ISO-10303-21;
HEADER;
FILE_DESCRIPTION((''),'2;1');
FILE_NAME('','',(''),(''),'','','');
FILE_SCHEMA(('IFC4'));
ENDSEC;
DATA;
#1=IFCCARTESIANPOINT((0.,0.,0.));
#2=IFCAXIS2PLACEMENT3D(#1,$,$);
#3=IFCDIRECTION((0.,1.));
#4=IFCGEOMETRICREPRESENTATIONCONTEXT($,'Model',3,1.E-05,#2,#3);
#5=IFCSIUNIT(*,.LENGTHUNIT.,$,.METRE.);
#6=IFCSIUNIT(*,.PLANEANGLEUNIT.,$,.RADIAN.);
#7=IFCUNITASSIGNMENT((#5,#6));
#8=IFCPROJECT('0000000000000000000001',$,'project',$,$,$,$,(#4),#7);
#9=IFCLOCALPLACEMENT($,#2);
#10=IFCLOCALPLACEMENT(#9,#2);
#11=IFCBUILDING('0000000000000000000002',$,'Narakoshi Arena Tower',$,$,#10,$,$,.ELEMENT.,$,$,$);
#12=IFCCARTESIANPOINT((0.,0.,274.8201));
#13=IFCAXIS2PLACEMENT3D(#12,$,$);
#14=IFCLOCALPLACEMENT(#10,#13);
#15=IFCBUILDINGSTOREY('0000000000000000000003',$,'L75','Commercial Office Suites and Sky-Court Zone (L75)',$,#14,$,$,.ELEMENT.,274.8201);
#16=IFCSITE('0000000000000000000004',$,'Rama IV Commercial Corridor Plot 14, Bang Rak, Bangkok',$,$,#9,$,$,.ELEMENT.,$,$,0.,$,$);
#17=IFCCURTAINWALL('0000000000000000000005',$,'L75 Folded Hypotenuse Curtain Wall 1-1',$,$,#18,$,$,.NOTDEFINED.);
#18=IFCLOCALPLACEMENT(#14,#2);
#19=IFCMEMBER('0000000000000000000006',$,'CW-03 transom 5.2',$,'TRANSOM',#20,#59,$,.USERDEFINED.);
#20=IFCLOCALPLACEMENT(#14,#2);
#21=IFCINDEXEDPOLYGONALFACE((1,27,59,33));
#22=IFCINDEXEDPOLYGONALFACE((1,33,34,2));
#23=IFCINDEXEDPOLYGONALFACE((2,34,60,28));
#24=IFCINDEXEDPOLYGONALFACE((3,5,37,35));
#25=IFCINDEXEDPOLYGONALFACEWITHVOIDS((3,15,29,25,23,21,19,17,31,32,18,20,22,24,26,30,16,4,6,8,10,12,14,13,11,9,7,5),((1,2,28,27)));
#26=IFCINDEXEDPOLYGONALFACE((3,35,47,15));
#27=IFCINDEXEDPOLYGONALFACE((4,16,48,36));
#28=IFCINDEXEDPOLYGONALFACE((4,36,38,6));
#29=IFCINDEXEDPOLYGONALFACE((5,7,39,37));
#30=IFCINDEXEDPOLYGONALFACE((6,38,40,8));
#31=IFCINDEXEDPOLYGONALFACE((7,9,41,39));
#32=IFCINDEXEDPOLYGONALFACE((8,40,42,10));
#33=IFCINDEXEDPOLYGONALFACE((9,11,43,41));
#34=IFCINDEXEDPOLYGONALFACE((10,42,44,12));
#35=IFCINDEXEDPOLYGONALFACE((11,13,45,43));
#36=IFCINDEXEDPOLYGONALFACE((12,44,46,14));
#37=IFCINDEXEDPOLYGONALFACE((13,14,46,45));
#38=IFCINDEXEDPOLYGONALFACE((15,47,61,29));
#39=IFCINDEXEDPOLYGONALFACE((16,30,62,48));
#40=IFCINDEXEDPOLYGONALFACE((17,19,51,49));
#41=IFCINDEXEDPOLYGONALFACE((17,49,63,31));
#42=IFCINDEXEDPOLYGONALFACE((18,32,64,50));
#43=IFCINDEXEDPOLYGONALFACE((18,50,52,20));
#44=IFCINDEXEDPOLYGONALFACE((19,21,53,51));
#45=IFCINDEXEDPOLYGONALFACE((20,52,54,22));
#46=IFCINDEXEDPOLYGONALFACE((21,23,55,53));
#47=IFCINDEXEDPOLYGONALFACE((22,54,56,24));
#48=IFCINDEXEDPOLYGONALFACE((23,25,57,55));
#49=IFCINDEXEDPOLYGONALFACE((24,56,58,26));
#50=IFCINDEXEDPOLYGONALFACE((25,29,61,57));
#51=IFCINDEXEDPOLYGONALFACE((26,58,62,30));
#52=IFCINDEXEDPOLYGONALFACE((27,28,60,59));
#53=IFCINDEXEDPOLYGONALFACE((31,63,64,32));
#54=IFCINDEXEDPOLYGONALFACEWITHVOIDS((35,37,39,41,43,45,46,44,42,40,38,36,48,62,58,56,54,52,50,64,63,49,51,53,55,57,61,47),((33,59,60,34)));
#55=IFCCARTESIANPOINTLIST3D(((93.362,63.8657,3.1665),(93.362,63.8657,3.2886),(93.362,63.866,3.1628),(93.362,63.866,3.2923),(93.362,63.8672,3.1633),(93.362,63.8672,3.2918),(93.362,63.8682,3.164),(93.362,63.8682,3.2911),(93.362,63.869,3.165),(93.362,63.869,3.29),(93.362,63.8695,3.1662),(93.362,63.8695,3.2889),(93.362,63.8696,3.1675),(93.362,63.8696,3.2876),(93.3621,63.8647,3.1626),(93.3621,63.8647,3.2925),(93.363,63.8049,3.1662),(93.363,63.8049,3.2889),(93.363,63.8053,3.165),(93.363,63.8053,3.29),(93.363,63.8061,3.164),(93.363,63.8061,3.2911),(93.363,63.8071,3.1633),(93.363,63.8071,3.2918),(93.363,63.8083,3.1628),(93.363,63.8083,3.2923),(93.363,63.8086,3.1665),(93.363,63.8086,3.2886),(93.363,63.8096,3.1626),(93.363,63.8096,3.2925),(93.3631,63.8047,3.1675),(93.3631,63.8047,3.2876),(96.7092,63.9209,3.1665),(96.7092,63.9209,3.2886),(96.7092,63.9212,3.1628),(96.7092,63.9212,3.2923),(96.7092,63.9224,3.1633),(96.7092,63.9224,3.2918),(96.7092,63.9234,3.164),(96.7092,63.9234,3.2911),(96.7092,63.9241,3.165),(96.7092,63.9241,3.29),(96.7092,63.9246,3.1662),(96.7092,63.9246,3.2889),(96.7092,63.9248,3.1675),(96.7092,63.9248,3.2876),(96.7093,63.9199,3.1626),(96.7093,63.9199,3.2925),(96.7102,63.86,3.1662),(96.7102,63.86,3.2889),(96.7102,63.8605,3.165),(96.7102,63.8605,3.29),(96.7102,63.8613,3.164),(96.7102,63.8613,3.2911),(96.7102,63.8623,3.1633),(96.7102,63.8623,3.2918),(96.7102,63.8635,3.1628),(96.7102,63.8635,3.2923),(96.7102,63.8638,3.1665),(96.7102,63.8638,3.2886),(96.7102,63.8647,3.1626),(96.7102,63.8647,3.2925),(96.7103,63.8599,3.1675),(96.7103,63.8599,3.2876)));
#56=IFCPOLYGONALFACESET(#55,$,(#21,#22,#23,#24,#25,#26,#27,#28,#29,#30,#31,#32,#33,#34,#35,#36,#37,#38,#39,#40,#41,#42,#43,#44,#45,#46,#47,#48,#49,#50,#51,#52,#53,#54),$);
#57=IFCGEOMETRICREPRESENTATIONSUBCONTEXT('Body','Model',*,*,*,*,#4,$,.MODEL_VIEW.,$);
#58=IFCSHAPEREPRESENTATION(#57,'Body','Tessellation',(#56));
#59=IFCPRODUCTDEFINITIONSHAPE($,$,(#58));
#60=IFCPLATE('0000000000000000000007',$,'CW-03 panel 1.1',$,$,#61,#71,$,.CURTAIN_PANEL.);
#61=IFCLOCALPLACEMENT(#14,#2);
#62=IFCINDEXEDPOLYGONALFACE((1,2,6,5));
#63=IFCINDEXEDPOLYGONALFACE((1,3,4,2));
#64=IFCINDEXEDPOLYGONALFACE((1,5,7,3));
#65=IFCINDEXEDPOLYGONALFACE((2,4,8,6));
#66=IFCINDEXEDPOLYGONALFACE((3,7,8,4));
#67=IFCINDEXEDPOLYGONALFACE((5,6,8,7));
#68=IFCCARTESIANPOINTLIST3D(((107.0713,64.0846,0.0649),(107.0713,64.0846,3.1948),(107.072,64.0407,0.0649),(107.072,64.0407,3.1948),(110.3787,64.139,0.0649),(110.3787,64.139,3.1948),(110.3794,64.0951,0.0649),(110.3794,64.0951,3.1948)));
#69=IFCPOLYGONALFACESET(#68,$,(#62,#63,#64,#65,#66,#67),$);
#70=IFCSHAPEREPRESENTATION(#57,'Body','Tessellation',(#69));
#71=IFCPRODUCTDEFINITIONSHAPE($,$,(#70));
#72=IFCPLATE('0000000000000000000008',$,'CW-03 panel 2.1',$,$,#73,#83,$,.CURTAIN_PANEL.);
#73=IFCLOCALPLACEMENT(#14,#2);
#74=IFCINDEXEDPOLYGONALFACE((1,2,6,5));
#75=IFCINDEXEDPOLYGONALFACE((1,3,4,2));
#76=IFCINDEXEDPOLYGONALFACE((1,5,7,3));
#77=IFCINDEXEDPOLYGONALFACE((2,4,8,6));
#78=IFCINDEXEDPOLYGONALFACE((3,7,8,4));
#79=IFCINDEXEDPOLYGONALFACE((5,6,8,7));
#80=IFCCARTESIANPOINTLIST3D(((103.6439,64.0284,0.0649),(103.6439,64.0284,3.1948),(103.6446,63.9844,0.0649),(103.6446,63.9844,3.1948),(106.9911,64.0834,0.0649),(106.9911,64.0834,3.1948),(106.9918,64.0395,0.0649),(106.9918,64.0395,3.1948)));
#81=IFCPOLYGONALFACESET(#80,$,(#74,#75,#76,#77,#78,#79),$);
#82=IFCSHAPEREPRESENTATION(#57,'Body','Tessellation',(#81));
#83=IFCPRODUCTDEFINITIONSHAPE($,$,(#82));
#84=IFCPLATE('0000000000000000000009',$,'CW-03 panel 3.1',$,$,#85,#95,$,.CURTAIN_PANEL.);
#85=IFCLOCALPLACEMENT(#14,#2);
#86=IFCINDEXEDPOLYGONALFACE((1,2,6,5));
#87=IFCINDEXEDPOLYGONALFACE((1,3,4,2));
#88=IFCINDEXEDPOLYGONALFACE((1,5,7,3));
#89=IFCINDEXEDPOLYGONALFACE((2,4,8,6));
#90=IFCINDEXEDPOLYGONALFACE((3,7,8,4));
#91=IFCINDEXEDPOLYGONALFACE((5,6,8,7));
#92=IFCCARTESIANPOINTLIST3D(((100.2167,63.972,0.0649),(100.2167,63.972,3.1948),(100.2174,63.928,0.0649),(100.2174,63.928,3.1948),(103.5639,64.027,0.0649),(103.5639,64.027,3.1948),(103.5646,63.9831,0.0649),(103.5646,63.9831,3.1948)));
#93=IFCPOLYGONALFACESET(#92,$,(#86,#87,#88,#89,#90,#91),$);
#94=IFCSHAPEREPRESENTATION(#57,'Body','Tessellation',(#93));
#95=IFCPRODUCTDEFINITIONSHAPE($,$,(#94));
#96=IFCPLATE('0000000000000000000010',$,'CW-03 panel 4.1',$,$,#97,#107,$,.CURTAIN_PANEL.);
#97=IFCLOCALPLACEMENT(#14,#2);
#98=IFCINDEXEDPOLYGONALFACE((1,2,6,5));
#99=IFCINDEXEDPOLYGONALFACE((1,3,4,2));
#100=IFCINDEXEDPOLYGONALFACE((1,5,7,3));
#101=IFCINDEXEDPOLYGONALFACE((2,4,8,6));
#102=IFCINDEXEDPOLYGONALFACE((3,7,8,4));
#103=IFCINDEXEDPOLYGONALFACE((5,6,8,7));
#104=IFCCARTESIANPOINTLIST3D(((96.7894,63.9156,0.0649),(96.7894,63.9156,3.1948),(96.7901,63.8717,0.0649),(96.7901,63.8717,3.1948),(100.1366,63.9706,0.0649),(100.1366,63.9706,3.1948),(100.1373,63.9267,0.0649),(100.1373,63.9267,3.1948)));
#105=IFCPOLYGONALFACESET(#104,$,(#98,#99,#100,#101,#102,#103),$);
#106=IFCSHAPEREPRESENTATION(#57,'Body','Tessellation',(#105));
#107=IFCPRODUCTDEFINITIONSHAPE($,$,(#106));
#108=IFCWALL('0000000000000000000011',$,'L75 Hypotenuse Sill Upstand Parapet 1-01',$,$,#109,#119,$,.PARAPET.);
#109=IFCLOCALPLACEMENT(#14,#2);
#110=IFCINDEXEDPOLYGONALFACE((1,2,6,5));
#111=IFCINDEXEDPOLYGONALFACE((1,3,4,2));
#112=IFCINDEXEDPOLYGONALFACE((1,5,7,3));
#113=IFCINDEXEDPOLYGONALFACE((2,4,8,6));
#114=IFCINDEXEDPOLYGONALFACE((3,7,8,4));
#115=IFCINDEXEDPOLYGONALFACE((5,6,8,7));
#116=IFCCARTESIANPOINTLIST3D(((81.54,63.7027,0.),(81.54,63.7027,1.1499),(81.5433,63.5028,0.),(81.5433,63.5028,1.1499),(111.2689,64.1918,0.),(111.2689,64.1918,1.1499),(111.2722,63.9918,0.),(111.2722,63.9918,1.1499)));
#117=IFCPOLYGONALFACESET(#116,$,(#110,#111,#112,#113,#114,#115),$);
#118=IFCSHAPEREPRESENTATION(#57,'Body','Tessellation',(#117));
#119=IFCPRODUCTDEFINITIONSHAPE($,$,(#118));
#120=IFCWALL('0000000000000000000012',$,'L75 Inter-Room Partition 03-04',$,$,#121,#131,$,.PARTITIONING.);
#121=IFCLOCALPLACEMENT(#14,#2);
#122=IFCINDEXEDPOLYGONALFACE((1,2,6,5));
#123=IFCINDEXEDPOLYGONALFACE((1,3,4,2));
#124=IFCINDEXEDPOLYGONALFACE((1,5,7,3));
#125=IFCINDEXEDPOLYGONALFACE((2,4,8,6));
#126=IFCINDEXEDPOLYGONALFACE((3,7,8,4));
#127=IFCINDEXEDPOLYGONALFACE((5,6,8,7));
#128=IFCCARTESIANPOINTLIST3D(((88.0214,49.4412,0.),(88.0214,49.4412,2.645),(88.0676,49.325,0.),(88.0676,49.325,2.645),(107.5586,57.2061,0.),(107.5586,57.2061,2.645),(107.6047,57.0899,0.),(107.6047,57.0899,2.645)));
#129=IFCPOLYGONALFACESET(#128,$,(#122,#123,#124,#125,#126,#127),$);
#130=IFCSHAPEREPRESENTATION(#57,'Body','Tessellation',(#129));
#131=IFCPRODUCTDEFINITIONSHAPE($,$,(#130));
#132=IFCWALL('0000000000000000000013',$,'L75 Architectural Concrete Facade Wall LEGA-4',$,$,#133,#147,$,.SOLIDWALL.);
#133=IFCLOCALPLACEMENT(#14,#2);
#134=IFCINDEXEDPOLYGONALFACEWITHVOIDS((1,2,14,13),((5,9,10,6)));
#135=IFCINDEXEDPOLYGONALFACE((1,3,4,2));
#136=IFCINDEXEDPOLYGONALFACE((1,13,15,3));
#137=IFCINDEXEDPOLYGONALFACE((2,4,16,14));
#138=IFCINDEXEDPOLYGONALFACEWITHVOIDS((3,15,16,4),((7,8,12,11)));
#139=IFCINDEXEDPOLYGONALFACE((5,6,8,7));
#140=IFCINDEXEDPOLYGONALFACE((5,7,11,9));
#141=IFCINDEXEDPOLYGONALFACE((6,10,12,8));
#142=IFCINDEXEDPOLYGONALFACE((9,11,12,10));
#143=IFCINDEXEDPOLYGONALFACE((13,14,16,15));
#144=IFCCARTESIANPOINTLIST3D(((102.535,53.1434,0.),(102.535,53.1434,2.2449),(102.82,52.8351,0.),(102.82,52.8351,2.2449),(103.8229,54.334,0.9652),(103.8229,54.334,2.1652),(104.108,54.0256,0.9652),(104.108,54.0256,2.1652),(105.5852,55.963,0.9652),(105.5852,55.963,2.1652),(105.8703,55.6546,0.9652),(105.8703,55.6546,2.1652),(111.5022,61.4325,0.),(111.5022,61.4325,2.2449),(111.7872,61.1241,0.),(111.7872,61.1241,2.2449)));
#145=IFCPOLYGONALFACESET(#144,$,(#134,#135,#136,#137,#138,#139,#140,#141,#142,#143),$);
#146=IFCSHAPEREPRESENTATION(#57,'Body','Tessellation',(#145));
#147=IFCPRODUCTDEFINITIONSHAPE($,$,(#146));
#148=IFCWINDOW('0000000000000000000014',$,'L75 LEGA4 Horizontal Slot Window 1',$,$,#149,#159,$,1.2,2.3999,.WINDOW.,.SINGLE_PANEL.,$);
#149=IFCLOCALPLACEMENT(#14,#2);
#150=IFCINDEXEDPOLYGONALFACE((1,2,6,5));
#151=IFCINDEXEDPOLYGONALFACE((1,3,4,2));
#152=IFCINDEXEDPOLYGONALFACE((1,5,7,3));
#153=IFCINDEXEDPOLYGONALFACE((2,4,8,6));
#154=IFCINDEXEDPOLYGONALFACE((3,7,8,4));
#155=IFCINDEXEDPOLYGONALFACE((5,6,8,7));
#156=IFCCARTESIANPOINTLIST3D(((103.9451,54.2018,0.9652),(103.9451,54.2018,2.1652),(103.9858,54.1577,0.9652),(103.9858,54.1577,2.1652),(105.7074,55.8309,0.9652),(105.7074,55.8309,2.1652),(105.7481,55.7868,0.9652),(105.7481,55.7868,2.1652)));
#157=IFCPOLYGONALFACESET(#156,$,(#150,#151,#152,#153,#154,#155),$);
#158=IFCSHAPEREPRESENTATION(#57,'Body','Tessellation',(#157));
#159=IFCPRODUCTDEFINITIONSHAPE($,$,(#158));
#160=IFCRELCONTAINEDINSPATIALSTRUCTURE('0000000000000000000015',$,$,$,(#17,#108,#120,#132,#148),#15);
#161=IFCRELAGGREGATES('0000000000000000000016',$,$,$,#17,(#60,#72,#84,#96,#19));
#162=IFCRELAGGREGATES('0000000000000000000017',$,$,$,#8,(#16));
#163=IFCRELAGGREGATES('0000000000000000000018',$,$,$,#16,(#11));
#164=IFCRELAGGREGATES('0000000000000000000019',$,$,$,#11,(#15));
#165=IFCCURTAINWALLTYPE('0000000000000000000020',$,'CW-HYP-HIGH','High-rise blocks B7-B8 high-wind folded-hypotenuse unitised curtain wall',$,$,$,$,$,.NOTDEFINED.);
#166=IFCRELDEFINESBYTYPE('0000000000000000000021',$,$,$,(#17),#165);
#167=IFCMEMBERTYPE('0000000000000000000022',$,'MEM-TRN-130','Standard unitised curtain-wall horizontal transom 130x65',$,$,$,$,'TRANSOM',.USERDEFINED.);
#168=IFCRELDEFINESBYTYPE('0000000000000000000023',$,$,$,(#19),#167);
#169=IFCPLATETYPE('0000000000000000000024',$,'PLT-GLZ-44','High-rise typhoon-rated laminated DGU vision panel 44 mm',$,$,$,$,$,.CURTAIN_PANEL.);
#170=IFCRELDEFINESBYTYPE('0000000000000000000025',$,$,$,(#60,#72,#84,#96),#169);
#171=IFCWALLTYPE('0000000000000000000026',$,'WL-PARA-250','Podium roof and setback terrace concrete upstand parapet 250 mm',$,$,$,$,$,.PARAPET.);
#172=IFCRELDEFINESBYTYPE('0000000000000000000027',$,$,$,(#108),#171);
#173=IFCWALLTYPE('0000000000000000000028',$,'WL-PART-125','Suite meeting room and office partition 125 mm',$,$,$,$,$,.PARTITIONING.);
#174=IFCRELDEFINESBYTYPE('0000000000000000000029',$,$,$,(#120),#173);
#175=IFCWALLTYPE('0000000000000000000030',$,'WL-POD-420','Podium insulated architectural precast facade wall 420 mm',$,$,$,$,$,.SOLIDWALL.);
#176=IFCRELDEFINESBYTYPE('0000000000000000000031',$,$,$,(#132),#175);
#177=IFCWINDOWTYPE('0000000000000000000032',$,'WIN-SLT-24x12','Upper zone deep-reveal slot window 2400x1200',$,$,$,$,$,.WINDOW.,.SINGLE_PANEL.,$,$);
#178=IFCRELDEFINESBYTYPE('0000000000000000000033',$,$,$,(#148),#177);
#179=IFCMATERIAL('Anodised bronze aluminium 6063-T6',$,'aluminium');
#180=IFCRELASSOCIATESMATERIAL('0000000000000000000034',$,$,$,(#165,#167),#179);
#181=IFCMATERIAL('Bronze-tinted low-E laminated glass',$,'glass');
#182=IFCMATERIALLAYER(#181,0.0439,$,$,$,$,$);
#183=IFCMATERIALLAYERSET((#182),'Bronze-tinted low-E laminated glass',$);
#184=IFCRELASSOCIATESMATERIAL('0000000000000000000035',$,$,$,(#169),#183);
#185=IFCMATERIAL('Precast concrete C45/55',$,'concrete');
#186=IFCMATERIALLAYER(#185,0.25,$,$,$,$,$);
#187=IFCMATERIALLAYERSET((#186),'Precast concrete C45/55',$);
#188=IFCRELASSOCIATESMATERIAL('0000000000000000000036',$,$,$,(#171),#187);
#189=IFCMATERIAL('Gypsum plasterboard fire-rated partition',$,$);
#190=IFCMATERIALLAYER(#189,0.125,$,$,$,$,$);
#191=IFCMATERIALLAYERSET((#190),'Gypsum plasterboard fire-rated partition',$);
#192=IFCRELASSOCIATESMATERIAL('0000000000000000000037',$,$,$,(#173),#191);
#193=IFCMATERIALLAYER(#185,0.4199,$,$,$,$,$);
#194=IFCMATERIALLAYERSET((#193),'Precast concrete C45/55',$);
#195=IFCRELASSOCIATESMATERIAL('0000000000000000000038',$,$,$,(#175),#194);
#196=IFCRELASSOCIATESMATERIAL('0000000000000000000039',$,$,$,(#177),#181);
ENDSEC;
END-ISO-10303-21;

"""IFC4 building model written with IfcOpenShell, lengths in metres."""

from ifc_helpers import new_model, si_unit, direction, frame, frame_2d, origin, origin_2d, place, context, subcontext, project, spatial, rectangle, hollow_rectangle, extrude, material, layer, layer_set, material_profile, profile_set, type_object, element, fill, aggregate, save


model = new_model("IFC4")

# Units and contexts
model_context = context("Model", 3, precision=1e-05, world=origin(), true_north=direction((0.0, 1.0)))
body_context = subcontext(model_context, "Body", "Model", "MODEL_VIEW")
ifc_project = project(units=[si_unit("LENGTHUNIT", "METRE"), si_unit("PLANEANGLEUNIT", "RADIAN")], contexts=[model_context])

# Site, building, storey
site_placement = place(None, origin())
site = spatial("IfcSite", under=ifc_project, at=site_placement, Name="Rama IV Commercial Corridor Plot 14, Bang Rak, Bangkok", CompositionType="ELEMENT", RefElevation=0.0)
building_placement = place(site_placement, origin())
building = spatial("IfcBuilding", under=site, at=building_placement, Name="Narakoshi Arena Tower", CompositionType="ELEMENT")
storey_placement = place(building_placement, frame((0.0, 0.0, 274.8201)))
storey = spatial("IfcBuildingStorey", under=building, at=storey_placement, Name="L75", Description="Commercial Office Suites and Sky-Court Zone (L75)", CompositionType="ELEMENT", Elevation=274.8201)

# Curtain wall, member, plates
ifc_material_1 = material(Name="Anodised bronze aluminium 6063-T6", Category="aluminium")
curtain_wall_type = type_object("IfcCurtainWallType", Name="CW-HYP-HIGH", Description="High-rise blocks B7-B8 high-wind folded-hypotenuse unitised curtain wall", PredefinedType="NOTDEFINED", material=ifc_material_1)
curtain_wall_placement = place(storey_placement, origin())
curtain_wall = element("IfcCurtainWall", 1, at=curtain_wall_placement, inside=storey, type_object=curtain_wall_type, Name="L75 Folded Hypotenuse Curtain Wall 1-1", PredefinedType="NOTDEFINED")
ifc_material_profile_1 = material_profile(ifc_material_1, hollow_rectangle(XDim=0.0649, YDim=0.1299, WallThickness=0.0039, OuterFilletRadius=0.0049, at=origin_2d()), Name="TRN130x65x4")
ifc_profile_set_1 = profile_set([ifc_material_profile_1], Name="Anodised bronze aluminium 6063-T6")
member_type_1 = type_object("IfcMemberType", Name="MEM-TRN-130", Description="Standard unitised curtain-wall horizontal transom 130x65", ElementType="TRANSOM", PredefinedType="USERDEFINED", material=ifc_profile_set_1)
member_1_placement = place(storey_placement, frame((96.7097, 63.8923, 3.2275), z_axis=(-0.999864, -0.016482, 0.0), x_axis=(0.016482, -0.999864, 0.0)))
member_1 = element("IfcMember", 2, at=member_1_placement, type_object=member_type_1, Name="CW-03 transom 5.2", ObjectType="TRANSOM", PredefinedType="USERDEFINED", context=body_context, shape_type="SweptSolid", body=[
    extrude(hollow_rectangle(XDim=0.0649, YDim=0.1299, WallThickness=0.0039, OuterFilletRadius=0.0049, at=origin_2d()), origin(), (0.0, 0.0, 1.0), 3.3477),
])
ifc_material_2 = material(Name="Bronze-tinted low-E laminated glass", Category="glass")
ifc_layer_1 = layer(ifc_material_2, 0.0439)
ifc_layer_set_1 = layer_set([ifc_layer_1], Name="Bronze-tinted low-E laminated glass")
plate_type = type_object("IfcPlateType", Name="PLT-GLZ-44", Description="High-rise typhoon-rated laminated DGU vision panel 44 mm", PredefinedType="CURTAIN_PANEL", material=ifc_layer_set_1)
plate_1_placement = place(storey_placement, frame((108.7253, 64.0898, 0.0649), z_axis=(0.0, 0.0, 1.0), x_axis=(-0.999865, -0.016443, 0.0)))
plate_1 = element("IfcPlate", 3, at=plate_1_placement, type_object=plate_type, Name="CW-03 panel 1.1", PredefinedType="CURTAIN_PANEL", context=body_context, shape_type="SweptSolid", body=[
    extrude(rectangle(XDim=3.3079, YDim=0.0439, at=origin_2d()), origin(), (0.0, 0.0, 1.0), 3.1299),
])
plate_2_placement = place(storey_placement, frame((105.3179, 64.0339, 0.0649), z_axis=(0.0, 0.0, 1.0), x_axis=(-0.999865, -0.016443, 0.0)))
plate_2 = element("IfcPlate", 4, at=plate_2_placement, type_object=plate_type, Name="CW-03 panel 2.1", PredefinedType="CURTAIN_PANEL", context=body_context, shape_type="SweptSolid", body=[
    extrude(rectangle(XDim=3.3477, YDim=0.0439, at=origin_2d()), origin(), (0.0, 0.0, 1.0), 3.1299),
])
plate_3_placement = place(storey_placement, frame((101.8906, 63.9775, 0.0649), z_axis=(0.0, 0.0, 1.0), x_axis=(-0.999865, -0.016443, 0.0)))
plate_3 = element("IfcPlate", 5, at=plate_3_placement, type_object=plate_type, Name="CW-03 panel 3.1", PredefinedType="CURTAIN_PANEL", context=body_context, shape_type="SweptSolid", body=[
    extrude(rectangle(XDim=3.3477, YDim=0.0439, at=origin_2d()), origin(), (0.0, 0.0, 1.0), 3.1299),
])
plate_4_placement = place(storey_placement, frame((98.4634, 63.9211, 0.0649), z_axis=(0.0, 0.0, 1.0), x_axis=(-0.999865, -0.016443, 0.0)))
plate_4 = element("IfcPlate", 6, at=plate_4_placement, type_object=plate_type, Name="CW-03 panel 4.1", PredefinedType="CURTAIN_PANEL", context=body_context, shape_type="SweptSolid", body=[
    extrude(rectangle(XDim=3.3477, YDim=0.0439, at=origin_2d()), origin(), (0.0, 0.0, 1.0), 3.1299),
])
aggregate(curtain_wall, [plate_1, plate_2, plate_3, plate_4, member_1])

# Walls
ifc_material_3 = material(Name="Precast concrete C45/55", Category="concrete")
ifc_layer_2 = layer(ifc_material_3, 0.25)
ifc_layer_set_2 = layer_set([ifc_layer_2], Name="Precast concrete C45/55")
wall_type_1 = type_object("IfcWallType", Name="WL-PARA-250", Description="Podium roof and setback terrace concrete upstand parapet 250 mm", PredefinedType="PARAPET", material=ifc_layer_set_2)
wall_1_placement = place(storey_placement, frame((111.2705, 64.0918, 0.0), z_axis=(0.0, 0.0, 1.0), x_axis=(-0.999865, -0.016447, 0.0)))
element("IfcWall", 7, at=wall_1_placement, inside=storey, type_object=wall_type_1, Name="L75 Hypotenuse Sill Upstand Parapet 1-01", PredefinedType="PARAPET", context=body_context, shape_type="SweptSolid", body=[
    extrude(rectangle(XDim=29.7329, YDim=0.2, at=frame_2d((14.8665, 0.0))), origin(), (0.0, 0.0, 1.0), 1.1499),
])
ifc_material_4 = material(Name="Gypsum plasterboard fire-rated partition")
ifc_layer_3 = layer(ifc_material_4, 0.125)
ifc_layer_set_3 = layer_set([ifc_layer_3], Name="Gypsum plasterboard fire-rated partition")
wall_type_2 = type_object("IfcWallType", Name="WL-PART-125", Description="Suite meeting room and office partition 125 mm", PredefinedType="PARTITIONING", material=ifc_layer_set_3)
wall_2_placement = place(storey_placement, frame((107.5815, 57.1479, 0.0), z_axis=(0.0, 0.0, 1.0), x_axis=(-0.929294, -0.369342, 0.0)))
element("IfcWall", 8, at=wall_2_placement, inside=storey, type_object=wall_type_2, Name="L75 Inter-Room Partition 03-04", PredefinedType="PARTITIONING", context=body_context, shape_type="SweptSolid", body=[
    extrude(rectangle(XDim=21.0237, YDim=0.125, at=frame_2d((10.5117, 0.0))), origin(), (0.0, 0.0, 1.0), 2.645),
])

# Wall, opening, window
ifc_layer_4 = layer(ifc_material_3, 0.4199)
ifc_layer_set_4 = layer_set([ifc_layer_4], Name="Precast concrete C45/55")
wall_type_3 = type_object("IfcWallType", Name="WL-POD-420", Description="Podium insulated architectural precast facade wall 420 mm", PredefinedType="SOLIDWALL", material=ifc_layer_set_4)
wall_3_placement = place(storey_placement, frame((102.6775, 52.9893, 0.0), z_axis=(0.0, 0.0, 1.0), x_axis=(0.734331, 0.678791, 0.0)))
wall_3 = element("IfcWall", 9, at=wall_3_placement, inside=storey, type_object=wall_type_3, Name="L75 Architectural Concrete Facade Wall LEGA-4", PredefinedType="SOLIDWALL", context=body_context, shape_type="SweptSolid", body=[
    extrude(rectangle(XDim=12.2114, YDim=0.4199, at=frame_2d((6.1057, 0.0))), origin(), (0.0, 0.0, 1.0), 2.2449),
])
opening_1_placement = place(wall_3_placement, frame((1.7539, 0.0, 0.9651)))
opening_1 = element("IfcOpeningElement", 10, at=opening_1_placement, cuts=wall_3, PredefinedType="OPENING", context=body_context, shape_type="SweptSolid", body=[
    extrude(rectangle(XDim=2.3999, YDim=1.2, at=frame_2d((1.2, 0.6001))), frame((0.0, 0.22, 0.0), z_axis=(0.0, -1.0, 0.0), x_axis=(1.0, 0.0, 0.0)), (0.0, 0.0, 1.0), 0.4399),
])
window_type_1 = type_object("IfcWindowType", Name="WIN-SLT-24x12", Description="Upper zone deep-reveal slot window 2400x1200", PartitioningType="SINGLE_PANEL", PredefinedType="WINDOW", material=ifc_material_2)
window_1_placement = place(opening_1_placement, origin())
window_1 = element("IfcWindow", 11, at=window_1_placement, inside=storey, type_object=window_type_1, Name="L75 LEGA4 Horizontal Slot Window 1", OverallHeight=1.2, OverallWidth=2.3999, PartitioningType="SINGLE_PANEL", PredefinedType="WINDOW", context=body_context, shape_type="SweptSolid", body=[
    extrude(rectangle(XDim=2.3999, YDim=1.2, at=frame_2d((1.2, 0.6001))), frame((0.0, 0.03, 0.0), z_axis=(0.0, -1.0, 0.0), x_axis=(1.0, 0.0, 0.0)), (0.0, 0.0, 1.0), 0.0601),
])
fill(opening_1, window_1)

save(model, "model.ifc")
